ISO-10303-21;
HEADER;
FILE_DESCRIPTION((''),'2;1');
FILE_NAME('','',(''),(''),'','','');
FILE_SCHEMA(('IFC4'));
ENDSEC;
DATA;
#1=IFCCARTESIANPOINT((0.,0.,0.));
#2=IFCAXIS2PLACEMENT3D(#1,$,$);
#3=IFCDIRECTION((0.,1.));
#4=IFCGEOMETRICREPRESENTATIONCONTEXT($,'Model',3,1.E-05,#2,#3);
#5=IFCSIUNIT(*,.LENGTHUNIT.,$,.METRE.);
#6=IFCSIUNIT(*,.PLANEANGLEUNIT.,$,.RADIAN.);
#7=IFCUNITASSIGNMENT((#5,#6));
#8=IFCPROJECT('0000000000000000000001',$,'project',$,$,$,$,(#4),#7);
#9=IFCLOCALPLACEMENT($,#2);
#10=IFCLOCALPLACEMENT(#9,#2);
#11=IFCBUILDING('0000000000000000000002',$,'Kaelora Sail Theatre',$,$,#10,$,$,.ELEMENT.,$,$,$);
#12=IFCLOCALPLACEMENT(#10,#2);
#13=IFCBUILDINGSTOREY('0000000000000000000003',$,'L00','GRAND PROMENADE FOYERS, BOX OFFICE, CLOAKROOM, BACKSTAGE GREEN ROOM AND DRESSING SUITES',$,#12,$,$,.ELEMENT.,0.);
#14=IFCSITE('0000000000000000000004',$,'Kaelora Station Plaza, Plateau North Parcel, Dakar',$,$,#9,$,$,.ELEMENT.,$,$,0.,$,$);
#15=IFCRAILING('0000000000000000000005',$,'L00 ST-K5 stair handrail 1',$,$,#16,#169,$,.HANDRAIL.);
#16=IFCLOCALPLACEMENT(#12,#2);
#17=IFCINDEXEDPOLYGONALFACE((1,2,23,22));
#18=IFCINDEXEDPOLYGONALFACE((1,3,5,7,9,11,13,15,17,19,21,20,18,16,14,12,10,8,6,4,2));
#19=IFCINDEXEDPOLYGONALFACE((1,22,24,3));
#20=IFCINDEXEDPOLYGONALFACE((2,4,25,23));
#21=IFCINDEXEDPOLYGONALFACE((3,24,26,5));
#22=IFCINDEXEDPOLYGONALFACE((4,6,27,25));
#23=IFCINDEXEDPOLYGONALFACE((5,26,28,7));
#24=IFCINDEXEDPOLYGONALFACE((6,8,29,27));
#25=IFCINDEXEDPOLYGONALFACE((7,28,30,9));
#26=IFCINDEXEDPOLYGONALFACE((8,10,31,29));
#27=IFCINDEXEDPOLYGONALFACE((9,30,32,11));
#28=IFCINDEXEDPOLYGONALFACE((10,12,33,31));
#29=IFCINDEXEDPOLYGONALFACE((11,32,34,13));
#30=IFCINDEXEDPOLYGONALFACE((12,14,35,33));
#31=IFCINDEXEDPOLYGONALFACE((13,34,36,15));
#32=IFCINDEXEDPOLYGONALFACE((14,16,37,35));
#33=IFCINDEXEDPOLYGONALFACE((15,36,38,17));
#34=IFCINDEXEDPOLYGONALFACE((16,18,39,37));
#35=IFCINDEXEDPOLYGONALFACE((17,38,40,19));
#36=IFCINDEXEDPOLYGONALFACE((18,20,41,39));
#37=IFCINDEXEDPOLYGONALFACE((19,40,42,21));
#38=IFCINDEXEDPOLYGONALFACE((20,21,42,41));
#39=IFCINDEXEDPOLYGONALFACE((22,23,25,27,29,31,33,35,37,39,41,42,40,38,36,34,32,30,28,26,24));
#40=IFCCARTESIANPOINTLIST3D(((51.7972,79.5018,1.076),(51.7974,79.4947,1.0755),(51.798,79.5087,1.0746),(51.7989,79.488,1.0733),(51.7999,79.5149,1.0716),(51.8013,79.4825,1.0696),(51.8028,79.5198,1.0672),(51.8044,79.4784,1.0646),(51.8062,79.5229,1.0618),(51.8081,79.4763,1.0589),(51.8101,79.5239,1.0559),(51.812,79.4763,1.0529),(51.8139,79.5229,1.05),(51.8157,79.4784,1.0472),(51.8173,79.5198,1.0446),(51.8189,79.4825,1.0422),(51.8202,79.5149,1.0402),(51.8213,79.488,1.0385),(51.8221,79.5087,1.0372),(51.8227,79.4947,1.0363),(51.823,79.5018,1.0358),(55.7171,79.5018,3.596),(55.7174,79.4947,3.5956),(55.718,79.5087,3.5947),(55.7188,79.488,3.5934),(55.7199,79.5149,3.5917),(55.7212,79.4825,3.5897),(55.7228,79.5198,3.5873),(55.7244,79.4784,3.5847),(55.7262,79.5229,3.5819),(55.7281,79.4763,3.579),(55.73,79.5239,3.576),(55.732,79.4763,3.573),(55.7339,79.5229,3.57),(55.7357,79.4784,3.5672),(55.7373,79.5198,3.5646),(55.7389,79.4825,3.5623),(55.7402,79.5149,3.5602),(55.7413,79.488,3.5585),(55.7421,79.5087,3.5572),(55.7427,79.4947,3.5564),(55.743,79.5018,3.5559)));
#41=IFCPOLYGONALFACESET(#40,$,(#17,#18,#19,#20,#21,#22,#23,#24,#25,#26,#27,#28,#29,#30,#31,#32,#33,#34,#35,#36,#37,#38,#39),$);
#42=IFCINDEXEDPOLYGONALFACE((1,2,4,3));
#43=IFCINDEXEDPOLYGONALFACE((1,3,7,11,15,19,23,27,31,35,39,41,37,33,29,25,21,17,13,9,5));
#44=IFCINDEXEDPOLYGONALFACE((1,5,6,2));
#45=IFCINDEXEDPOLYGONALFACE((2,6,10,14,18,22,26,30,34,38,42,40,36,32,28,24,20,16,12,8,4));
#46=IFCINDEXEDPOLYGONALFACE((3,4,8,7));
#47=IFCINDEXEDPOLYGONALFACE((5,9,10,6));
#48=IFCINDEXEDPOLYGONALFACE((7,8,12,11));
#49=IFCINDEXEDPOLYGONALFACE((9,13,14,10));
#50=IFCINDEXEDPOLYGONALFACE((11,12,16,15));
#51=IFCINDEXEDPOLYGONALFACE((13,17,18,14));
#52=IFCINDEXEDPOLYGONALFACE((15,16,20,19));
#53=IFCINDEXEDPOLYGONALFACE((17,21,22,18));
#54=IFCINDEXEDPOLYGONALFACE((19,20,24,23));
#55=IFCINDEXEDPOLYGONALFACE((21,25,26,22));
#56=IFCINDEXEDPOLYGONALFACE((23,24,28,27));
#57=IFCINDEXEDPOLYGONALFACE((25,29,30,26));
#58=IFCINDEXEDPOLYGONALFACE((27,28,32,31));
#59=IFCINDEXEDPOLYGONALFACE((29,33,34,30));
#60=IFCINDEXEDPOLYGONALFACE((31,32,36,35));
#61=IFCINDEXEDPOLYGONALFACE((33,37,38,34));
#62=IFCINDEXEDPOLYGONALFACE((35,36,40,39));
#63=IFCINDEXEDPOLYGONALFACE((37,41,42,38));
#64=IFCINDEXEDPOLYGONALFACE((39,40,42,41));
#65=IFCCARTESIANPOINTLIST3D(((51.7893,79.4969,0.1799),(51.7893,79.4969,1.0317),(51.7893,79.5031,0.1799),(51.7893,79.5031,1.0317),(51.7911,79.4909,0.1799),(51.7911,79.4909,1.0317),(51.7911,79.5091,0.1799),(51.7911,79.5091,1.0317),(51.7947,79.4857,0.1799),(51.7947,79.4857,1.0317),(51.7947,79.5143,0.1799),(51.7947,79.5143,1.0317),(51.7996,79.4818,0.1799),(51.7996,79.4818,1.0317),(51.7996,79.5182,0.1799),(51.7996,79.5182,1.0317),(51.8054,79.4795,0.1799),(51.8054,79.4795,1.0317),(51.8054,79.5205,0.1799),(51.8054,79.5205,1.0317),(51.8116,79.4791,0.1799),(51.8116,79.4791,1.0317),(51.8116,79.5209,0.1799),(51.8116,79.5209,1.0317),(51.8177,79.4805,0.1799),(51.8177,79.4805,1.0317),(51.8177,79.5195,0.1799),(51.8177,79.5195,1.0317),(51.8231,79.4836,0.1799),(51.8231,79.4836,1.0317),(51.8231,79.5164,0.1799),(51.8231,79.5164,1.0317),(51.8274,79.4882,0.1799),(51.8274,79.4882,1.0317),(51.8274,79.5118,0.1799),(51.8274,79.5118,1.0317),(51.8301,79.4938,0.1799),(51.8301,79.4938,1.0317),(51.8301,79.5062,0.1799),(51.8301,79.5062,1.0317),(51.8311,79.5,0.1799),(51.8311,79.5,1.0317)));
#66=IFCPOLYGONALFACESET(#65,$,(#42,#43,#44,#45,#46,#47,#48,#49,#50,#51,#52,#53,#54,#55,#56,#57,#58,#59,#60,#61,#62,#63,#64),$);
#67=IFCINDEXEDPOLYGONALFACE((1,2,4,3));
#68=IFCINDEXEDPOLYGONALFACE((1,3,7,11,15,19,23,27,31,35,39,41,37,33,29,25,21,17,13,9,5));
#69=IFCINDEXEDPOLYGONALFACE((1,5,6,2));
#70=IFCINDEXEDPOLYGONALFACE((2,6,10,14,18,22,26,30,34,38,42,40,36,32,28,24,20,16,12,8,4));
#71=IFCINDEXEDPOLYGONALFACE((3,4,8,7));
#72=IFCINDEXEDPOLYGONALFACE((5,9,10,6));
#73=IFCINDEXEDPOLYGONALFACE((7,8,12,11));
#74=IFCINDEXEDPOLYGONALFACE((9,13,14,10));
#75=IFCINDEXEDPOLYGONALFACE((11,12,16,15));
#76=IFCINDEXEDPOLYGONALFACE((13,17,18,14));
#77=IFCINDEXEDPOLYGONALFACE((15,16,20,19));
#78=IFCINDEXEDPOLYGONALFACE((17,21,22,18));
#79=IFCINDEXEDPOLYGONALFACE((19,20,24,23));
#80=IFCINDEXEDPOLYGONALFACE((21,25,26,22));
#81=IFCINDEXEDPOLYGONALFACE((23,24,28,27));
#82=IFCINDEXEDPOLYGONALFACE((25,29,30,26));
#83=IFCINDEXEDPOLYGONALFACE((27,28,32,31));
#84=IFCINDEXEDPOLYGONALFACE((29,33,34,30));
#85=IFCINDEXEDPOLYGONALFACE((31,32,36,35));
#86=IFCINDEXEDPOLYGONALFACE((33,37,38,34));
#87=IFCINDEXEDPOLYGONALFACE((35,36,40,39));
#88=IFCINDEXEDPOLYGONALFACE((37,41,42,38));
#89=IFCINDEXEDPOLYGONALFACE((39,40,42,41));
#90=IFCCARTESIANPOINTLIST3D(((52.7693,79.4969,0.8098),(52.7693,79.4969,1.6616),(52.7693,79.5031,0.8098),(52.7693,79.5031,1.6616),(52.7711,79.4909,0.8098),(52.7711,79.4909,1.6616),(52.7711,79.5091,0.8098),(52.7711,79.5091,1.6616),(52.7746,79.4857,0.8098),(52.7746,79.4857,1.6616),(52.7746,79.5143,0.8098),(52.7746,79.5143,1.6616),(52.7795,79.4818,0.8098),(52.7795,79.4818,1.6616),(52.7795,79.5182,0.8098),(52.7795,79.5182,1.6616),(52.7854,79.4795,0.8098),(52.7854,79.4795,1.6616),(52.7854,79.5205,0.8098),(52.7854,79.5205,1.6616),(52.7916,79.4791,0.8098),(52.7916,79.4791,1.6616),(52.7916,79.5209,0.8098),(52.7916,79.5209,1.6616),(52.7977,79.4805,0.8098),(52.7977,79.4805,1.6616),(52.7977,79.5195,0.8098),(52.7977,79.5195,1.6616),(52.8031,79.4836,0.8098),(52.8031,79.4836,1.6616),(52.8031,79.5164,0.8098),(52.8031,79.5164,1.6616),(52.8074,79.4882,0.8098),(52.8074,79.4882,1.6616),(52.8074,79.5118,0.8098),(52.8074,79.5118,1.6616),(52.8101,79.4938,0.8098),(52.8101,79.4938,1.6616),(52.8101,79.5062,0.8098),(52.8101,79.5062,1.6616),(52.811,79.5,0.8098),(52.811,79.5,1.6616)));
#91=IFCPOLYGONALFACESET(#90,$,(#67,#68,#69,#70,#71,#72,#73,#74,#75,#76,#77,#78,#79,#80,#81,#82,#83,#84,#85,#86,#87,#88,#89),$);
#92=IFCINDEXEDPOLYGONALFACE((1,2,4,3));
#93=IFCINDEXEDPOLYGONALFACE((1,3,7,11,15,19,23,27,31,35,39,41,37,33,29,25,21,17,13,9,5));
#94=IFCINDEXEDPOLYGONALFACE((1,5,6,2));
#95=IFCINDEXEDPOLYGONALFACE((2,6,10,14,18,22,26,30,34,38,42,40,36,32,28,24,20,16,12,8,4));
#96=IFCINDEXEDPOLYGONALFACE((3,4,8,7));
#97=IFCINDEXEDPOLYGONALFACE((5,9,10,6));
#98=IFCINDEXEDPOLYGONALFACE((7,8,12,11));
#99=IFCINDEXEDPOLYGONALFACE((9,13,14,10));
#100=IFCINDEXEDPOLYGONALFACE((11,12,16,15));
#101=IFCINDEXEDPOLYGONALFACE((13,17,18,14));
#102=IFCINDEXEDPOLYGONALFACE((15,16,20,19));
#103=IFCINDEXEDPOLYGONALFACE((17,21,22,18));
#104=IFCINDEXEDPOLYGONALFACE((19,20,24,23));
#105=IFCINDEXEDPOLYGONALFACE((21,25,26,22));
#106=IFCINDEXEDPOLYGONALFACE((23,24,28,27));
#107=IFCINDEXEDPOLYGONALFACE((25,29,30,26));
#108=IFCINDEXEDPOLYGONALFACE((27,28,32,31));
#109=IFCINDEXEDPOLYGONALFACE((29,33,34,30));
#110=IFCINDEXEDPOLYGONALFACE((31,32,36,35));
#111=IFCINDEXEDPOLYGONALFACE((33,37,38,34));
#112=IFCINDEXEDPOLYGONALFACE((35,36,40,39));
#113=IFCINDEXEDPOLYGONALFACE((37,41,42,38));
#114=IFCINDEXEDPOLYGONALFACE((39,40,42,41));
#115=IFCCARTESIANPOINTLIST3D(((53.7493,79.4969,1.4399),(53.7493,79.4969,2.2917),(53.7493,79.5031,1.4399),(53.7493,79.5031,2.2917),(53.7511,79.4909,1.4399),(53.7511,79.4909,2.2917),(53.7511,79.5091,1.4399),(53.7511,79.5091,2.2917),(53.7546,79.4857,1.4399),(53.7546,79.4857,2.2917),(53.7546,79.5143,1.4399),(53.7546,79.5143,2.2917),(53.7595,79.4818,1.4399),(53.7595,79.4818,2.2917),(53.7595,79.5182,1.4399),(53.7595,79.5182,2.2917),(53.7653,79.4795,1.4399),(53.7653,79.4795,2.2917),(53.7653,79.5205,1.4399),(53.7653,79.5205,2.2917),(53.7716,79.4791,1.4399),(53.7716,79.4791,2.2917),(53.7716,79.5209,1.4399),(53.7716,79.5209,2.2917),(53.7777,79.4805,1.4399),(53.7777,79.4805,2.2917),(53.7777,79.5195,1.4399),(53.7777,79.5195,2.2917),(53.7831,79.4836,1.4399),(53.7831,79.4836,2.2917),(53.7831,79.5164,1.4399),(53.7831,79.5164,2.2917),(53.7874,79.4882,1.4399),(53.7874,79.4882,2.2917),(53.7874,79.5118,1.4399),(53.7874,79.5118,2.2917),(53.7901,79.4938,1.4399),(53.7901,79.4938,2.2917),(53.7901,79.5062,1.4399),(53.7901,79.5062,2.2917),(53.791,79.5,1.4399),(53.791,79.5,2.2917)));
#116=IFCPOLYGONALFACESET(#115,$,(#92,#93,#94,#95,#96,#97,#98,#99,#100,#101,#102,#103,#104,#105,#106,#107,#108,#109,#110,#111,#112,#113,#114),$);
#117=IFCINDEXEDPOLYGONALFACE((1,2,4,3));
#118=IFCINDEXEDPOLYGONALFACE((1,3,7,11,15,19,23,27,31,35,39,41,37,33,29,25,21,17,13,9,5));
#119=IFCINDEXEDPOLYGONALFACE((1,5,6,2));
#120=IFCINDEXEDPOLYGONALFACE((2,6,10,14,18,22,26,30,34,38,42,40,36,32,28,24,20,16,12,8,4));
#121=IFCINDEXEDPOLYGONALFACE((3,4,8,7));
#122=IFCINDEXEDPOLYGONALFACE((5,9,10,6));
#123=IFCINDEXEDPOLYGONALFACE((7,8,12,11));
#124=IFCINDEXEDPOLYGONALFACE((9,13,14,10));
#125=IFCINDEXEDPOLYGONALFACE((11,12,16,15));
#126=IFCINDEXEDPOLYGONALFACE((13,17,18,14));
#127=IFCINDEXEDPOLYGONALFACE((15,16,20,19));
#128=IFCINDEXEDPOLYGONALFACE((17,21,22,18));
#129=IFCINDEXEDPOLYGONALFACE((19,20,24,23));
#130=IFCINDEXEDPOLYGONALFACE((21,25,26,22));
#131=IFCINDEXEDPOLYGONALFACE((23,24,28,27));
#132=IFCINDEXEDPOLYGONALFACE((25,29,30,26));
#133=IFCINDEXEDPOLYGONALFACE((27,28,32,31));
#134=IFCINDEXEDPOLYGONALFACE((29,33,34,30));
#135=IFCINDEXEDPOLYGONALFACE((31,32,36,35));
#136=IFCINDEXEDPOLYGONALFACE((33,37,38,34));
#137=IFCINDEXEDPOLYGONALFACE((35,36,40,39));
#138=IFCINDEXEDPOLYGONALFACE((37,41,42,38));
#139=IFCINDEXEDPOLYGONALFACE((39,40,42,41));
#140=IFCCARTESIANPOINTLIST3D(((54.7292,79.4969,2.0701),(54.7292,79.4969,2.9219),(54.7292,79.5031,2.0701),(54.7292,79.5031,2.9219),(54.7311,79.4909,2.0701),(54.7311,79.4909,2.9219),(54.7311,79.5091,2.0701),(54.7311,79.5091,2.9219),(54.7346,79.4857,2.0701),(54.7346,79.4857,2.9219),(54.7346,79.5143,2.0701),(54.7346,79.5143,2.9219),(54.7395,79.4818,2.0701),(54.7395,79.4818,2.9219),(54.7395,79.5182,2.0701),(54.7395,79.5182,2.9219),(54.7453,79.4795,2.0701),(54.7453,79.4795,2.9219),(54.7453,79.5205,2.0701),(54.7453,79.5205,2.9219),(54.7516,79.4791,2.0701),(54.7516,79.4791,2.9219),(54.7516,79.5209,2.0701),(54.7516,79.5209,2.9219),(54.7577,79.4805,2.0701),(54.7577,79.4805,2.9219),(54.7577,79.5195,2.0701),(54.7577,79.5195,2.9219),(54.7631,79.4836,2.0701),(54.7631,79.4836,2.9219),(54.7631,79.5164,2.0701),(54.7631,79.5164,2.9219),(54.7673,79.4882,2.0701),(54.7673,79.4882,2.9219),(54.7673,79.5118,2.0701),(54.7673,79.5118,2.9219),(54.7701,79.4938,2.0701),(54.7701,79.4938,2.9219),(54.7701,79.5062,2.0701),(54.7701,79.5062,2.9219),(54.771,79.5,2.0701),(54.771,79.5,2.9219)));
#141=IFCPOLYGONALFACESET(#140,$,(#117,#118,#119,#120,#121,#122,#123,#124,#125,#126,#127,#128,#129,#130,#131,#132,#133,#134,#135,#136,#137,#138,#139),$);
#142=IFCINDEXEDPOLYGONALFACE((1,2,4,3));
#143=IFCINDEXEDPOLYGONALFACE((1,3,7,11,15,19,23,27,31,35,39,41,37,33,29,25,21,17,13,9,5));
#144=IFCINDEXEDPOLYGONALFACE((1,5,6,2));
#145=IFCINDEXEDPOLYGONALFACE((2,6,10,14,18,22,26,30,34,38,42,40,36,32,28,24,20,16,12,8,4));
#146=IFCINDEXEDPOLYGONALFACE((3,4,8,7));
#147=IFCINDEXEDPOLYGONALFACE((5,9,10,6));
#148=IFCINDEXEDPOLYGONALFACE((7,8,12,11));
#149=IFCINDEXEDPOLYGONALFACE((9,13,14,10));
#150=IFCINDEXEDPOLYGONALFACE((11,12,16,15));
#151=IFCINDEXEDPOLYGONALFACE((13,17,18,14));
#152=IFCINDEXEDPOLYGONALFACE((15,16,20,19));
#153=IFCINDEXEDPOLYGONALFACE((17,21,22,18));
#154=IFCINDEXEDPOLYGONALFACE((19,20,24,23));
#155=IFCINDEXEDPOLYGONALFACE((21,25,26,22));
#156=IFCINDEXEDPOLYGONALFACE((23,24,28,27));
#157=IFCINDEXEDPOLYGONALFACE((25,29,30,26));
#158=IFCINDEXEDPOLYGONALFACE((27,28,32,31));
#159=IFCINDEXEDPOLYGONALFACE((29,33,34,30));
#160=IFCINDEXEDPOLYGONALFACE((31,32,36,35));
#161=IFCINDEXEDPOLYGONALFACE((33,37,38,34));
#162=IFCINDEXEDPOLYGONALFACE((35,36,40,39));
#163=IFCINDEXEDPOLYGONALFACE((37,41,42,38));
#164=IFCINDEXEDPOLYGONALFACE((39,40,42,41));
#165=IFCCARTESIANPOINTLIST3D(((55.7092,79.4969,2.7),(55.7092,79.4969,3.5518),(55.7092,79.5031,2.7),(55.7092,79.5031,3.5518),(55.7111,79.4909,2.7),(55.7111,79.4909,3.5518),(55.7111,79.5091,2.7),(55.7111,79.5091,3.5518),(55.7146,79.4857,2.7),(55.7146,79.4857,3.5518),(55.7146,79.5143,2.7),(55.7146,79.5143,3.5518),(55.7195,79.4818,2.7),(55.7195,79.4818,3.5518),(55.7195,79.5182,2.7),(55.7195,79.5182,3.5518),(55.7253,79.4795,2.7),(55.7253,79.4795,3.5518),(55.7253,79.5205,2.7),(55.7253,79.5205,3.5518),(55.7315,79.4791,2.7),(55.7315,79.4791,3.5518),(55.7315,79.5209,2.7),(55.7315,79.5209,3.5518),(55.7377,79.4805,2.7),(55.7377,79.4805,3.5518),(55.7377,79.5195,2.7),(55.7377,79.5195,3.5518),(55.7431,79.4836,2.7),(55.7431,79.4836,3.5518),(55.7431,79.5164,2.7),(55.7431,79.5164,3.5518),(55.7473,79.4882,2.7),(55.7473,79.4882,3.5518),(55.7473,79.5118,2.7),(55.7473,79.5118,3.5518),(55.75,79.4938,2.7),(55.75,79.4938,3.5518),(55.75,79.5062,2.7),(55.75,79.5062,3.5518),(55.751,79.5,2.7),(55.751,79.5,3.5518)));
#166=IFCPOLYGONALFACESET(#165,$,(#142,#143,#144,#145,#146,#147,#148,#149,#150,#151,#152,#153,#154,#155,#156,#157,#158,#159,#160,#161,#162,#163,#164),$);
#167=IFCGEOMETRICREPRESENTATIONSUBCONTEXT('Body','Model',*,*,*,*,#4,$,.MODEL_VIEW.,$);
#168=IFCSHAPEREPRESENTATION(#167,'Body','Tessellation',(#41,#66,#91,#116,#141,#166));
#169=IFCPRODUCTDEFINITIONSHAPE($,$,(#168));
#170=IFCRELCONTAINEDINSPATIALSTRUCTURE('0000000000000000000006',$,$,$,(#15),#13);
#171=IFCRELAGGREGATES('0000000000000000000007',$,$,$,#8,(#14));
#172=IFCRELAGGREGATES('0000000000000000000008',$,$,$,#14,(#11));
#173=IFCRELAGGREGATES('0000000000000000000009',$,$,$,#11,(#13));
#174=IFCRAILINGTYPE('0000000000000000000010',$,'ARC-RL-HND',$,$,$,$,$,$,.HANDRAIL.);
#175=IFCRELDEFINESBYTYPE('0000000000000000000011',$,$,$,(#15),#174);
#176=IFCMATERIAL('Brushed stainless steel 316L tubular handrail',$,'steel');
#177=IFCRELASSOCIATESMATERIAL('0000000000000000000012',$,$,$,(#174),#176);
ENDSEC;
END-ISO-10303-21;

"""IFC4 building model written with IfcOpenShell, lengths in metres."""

from ifc_helpers import new_model, si_unit, direction, frame, origin, origin_2d, place, context, subcontext, project, spatial, circle, extrude, material, type_object, element, save


model = new_model("IFC4")

# Units and contexts
model_context = context("Model", 3, precision=1e-05, world=origin(), true_north=direction((0.0, 1.0)))
body_context = subcontext(model_context, "Body", "Model", "MODEL_VIEW")
ifc_project = project(units=[si_unit("LENGTHUNIT", "METRE"), si_unit("PLANEANGLEUNIT", "RADIAN")], contexts=[model_context])

# Site, building, storey
site_placement = place(None, origin())
site = spatial("IfcSite", under=ifc_project, at=site_placement, Name="Kaelora Station Plaza, Plateau North Parcel, Dakar", CompositionType="ELEMENT", RefElevation=0.0)
building_placement = place(site_placement, origin())
building = spatial("IfcBuilding", under=site, at=building_placement, Name="Kaelora Sail Theatre", CompositionType="ELEMENT")
storey_placement = place(building_placement, origin())
storey = spatial("IfcBuildingStorey", under=building, at=storey_placement, Name="L00", Description="GRAND PROMENADE FOYERS, BOX OFFICE, CLOAKROOM, BACKSTAGE GREEN ROOM AND DRESSING SUITES", CompositionType="ELEMENT", Elevation=0.0)

# Railing
ifc_material_1 = material(Name="Brushed stainless steel 316L tubular handrail", Category="steel")
railing_type_1 = type_object("IfcRailingType", Name="ARC-RL-HND", PredefinedType="HANDRAIL", material=ifc_material_1)
railing_1_placement = place(storey_placement, frame((51.8101, 79.5, 0.1799)))
element("IfcRailing", 1, at=railing_1_placement, inside=storey, type_object=railing_type_1, Name="L00 ST-K5 stair handrail 1", PredefinedType="HANDRAIL", context=body_context, shape_type="SweptSolid", body=[
    extrude(circle(Radius=0.0239, at=origin_2d()), frame((0.0, 0.0, 0.876), z_axis=(0.841172, 0.0, 0.540768), x_axis=(0.0, 1.0, 0.0)), (0.0, 0.0, 1.0), 4.6602),
    extrude(circle(Radius=0.021, at=origin_2d()), origin(), (0.0, 0.0, 1.0), 0.8518),
    extrude(circle(Radius=0.021, at=origin_2d()), frame((0.98, 0.0, 0.6299)), (0.0, 0.0, 1.0), 0.8518),
    extrude(circle(Radius=0.021, at=origin_2d()), frame((1.96, 0.0, 1.26)), (0.0, 0.0, 1.0), 0.8518),
    extrude(circle(Radius=0.021, at=origin_2d()), frame((2.9399, 0.0, 1.8901)), (0.0, 0.0, 1.0), 0.8518),
    extrude(circle(Radius=0.021, at=origin_2d()), frame((3.9199, 0.0, 2.52)), (0.0, 0.0, 1.0), 0.8518),
])

save(model, "model.ifc")
